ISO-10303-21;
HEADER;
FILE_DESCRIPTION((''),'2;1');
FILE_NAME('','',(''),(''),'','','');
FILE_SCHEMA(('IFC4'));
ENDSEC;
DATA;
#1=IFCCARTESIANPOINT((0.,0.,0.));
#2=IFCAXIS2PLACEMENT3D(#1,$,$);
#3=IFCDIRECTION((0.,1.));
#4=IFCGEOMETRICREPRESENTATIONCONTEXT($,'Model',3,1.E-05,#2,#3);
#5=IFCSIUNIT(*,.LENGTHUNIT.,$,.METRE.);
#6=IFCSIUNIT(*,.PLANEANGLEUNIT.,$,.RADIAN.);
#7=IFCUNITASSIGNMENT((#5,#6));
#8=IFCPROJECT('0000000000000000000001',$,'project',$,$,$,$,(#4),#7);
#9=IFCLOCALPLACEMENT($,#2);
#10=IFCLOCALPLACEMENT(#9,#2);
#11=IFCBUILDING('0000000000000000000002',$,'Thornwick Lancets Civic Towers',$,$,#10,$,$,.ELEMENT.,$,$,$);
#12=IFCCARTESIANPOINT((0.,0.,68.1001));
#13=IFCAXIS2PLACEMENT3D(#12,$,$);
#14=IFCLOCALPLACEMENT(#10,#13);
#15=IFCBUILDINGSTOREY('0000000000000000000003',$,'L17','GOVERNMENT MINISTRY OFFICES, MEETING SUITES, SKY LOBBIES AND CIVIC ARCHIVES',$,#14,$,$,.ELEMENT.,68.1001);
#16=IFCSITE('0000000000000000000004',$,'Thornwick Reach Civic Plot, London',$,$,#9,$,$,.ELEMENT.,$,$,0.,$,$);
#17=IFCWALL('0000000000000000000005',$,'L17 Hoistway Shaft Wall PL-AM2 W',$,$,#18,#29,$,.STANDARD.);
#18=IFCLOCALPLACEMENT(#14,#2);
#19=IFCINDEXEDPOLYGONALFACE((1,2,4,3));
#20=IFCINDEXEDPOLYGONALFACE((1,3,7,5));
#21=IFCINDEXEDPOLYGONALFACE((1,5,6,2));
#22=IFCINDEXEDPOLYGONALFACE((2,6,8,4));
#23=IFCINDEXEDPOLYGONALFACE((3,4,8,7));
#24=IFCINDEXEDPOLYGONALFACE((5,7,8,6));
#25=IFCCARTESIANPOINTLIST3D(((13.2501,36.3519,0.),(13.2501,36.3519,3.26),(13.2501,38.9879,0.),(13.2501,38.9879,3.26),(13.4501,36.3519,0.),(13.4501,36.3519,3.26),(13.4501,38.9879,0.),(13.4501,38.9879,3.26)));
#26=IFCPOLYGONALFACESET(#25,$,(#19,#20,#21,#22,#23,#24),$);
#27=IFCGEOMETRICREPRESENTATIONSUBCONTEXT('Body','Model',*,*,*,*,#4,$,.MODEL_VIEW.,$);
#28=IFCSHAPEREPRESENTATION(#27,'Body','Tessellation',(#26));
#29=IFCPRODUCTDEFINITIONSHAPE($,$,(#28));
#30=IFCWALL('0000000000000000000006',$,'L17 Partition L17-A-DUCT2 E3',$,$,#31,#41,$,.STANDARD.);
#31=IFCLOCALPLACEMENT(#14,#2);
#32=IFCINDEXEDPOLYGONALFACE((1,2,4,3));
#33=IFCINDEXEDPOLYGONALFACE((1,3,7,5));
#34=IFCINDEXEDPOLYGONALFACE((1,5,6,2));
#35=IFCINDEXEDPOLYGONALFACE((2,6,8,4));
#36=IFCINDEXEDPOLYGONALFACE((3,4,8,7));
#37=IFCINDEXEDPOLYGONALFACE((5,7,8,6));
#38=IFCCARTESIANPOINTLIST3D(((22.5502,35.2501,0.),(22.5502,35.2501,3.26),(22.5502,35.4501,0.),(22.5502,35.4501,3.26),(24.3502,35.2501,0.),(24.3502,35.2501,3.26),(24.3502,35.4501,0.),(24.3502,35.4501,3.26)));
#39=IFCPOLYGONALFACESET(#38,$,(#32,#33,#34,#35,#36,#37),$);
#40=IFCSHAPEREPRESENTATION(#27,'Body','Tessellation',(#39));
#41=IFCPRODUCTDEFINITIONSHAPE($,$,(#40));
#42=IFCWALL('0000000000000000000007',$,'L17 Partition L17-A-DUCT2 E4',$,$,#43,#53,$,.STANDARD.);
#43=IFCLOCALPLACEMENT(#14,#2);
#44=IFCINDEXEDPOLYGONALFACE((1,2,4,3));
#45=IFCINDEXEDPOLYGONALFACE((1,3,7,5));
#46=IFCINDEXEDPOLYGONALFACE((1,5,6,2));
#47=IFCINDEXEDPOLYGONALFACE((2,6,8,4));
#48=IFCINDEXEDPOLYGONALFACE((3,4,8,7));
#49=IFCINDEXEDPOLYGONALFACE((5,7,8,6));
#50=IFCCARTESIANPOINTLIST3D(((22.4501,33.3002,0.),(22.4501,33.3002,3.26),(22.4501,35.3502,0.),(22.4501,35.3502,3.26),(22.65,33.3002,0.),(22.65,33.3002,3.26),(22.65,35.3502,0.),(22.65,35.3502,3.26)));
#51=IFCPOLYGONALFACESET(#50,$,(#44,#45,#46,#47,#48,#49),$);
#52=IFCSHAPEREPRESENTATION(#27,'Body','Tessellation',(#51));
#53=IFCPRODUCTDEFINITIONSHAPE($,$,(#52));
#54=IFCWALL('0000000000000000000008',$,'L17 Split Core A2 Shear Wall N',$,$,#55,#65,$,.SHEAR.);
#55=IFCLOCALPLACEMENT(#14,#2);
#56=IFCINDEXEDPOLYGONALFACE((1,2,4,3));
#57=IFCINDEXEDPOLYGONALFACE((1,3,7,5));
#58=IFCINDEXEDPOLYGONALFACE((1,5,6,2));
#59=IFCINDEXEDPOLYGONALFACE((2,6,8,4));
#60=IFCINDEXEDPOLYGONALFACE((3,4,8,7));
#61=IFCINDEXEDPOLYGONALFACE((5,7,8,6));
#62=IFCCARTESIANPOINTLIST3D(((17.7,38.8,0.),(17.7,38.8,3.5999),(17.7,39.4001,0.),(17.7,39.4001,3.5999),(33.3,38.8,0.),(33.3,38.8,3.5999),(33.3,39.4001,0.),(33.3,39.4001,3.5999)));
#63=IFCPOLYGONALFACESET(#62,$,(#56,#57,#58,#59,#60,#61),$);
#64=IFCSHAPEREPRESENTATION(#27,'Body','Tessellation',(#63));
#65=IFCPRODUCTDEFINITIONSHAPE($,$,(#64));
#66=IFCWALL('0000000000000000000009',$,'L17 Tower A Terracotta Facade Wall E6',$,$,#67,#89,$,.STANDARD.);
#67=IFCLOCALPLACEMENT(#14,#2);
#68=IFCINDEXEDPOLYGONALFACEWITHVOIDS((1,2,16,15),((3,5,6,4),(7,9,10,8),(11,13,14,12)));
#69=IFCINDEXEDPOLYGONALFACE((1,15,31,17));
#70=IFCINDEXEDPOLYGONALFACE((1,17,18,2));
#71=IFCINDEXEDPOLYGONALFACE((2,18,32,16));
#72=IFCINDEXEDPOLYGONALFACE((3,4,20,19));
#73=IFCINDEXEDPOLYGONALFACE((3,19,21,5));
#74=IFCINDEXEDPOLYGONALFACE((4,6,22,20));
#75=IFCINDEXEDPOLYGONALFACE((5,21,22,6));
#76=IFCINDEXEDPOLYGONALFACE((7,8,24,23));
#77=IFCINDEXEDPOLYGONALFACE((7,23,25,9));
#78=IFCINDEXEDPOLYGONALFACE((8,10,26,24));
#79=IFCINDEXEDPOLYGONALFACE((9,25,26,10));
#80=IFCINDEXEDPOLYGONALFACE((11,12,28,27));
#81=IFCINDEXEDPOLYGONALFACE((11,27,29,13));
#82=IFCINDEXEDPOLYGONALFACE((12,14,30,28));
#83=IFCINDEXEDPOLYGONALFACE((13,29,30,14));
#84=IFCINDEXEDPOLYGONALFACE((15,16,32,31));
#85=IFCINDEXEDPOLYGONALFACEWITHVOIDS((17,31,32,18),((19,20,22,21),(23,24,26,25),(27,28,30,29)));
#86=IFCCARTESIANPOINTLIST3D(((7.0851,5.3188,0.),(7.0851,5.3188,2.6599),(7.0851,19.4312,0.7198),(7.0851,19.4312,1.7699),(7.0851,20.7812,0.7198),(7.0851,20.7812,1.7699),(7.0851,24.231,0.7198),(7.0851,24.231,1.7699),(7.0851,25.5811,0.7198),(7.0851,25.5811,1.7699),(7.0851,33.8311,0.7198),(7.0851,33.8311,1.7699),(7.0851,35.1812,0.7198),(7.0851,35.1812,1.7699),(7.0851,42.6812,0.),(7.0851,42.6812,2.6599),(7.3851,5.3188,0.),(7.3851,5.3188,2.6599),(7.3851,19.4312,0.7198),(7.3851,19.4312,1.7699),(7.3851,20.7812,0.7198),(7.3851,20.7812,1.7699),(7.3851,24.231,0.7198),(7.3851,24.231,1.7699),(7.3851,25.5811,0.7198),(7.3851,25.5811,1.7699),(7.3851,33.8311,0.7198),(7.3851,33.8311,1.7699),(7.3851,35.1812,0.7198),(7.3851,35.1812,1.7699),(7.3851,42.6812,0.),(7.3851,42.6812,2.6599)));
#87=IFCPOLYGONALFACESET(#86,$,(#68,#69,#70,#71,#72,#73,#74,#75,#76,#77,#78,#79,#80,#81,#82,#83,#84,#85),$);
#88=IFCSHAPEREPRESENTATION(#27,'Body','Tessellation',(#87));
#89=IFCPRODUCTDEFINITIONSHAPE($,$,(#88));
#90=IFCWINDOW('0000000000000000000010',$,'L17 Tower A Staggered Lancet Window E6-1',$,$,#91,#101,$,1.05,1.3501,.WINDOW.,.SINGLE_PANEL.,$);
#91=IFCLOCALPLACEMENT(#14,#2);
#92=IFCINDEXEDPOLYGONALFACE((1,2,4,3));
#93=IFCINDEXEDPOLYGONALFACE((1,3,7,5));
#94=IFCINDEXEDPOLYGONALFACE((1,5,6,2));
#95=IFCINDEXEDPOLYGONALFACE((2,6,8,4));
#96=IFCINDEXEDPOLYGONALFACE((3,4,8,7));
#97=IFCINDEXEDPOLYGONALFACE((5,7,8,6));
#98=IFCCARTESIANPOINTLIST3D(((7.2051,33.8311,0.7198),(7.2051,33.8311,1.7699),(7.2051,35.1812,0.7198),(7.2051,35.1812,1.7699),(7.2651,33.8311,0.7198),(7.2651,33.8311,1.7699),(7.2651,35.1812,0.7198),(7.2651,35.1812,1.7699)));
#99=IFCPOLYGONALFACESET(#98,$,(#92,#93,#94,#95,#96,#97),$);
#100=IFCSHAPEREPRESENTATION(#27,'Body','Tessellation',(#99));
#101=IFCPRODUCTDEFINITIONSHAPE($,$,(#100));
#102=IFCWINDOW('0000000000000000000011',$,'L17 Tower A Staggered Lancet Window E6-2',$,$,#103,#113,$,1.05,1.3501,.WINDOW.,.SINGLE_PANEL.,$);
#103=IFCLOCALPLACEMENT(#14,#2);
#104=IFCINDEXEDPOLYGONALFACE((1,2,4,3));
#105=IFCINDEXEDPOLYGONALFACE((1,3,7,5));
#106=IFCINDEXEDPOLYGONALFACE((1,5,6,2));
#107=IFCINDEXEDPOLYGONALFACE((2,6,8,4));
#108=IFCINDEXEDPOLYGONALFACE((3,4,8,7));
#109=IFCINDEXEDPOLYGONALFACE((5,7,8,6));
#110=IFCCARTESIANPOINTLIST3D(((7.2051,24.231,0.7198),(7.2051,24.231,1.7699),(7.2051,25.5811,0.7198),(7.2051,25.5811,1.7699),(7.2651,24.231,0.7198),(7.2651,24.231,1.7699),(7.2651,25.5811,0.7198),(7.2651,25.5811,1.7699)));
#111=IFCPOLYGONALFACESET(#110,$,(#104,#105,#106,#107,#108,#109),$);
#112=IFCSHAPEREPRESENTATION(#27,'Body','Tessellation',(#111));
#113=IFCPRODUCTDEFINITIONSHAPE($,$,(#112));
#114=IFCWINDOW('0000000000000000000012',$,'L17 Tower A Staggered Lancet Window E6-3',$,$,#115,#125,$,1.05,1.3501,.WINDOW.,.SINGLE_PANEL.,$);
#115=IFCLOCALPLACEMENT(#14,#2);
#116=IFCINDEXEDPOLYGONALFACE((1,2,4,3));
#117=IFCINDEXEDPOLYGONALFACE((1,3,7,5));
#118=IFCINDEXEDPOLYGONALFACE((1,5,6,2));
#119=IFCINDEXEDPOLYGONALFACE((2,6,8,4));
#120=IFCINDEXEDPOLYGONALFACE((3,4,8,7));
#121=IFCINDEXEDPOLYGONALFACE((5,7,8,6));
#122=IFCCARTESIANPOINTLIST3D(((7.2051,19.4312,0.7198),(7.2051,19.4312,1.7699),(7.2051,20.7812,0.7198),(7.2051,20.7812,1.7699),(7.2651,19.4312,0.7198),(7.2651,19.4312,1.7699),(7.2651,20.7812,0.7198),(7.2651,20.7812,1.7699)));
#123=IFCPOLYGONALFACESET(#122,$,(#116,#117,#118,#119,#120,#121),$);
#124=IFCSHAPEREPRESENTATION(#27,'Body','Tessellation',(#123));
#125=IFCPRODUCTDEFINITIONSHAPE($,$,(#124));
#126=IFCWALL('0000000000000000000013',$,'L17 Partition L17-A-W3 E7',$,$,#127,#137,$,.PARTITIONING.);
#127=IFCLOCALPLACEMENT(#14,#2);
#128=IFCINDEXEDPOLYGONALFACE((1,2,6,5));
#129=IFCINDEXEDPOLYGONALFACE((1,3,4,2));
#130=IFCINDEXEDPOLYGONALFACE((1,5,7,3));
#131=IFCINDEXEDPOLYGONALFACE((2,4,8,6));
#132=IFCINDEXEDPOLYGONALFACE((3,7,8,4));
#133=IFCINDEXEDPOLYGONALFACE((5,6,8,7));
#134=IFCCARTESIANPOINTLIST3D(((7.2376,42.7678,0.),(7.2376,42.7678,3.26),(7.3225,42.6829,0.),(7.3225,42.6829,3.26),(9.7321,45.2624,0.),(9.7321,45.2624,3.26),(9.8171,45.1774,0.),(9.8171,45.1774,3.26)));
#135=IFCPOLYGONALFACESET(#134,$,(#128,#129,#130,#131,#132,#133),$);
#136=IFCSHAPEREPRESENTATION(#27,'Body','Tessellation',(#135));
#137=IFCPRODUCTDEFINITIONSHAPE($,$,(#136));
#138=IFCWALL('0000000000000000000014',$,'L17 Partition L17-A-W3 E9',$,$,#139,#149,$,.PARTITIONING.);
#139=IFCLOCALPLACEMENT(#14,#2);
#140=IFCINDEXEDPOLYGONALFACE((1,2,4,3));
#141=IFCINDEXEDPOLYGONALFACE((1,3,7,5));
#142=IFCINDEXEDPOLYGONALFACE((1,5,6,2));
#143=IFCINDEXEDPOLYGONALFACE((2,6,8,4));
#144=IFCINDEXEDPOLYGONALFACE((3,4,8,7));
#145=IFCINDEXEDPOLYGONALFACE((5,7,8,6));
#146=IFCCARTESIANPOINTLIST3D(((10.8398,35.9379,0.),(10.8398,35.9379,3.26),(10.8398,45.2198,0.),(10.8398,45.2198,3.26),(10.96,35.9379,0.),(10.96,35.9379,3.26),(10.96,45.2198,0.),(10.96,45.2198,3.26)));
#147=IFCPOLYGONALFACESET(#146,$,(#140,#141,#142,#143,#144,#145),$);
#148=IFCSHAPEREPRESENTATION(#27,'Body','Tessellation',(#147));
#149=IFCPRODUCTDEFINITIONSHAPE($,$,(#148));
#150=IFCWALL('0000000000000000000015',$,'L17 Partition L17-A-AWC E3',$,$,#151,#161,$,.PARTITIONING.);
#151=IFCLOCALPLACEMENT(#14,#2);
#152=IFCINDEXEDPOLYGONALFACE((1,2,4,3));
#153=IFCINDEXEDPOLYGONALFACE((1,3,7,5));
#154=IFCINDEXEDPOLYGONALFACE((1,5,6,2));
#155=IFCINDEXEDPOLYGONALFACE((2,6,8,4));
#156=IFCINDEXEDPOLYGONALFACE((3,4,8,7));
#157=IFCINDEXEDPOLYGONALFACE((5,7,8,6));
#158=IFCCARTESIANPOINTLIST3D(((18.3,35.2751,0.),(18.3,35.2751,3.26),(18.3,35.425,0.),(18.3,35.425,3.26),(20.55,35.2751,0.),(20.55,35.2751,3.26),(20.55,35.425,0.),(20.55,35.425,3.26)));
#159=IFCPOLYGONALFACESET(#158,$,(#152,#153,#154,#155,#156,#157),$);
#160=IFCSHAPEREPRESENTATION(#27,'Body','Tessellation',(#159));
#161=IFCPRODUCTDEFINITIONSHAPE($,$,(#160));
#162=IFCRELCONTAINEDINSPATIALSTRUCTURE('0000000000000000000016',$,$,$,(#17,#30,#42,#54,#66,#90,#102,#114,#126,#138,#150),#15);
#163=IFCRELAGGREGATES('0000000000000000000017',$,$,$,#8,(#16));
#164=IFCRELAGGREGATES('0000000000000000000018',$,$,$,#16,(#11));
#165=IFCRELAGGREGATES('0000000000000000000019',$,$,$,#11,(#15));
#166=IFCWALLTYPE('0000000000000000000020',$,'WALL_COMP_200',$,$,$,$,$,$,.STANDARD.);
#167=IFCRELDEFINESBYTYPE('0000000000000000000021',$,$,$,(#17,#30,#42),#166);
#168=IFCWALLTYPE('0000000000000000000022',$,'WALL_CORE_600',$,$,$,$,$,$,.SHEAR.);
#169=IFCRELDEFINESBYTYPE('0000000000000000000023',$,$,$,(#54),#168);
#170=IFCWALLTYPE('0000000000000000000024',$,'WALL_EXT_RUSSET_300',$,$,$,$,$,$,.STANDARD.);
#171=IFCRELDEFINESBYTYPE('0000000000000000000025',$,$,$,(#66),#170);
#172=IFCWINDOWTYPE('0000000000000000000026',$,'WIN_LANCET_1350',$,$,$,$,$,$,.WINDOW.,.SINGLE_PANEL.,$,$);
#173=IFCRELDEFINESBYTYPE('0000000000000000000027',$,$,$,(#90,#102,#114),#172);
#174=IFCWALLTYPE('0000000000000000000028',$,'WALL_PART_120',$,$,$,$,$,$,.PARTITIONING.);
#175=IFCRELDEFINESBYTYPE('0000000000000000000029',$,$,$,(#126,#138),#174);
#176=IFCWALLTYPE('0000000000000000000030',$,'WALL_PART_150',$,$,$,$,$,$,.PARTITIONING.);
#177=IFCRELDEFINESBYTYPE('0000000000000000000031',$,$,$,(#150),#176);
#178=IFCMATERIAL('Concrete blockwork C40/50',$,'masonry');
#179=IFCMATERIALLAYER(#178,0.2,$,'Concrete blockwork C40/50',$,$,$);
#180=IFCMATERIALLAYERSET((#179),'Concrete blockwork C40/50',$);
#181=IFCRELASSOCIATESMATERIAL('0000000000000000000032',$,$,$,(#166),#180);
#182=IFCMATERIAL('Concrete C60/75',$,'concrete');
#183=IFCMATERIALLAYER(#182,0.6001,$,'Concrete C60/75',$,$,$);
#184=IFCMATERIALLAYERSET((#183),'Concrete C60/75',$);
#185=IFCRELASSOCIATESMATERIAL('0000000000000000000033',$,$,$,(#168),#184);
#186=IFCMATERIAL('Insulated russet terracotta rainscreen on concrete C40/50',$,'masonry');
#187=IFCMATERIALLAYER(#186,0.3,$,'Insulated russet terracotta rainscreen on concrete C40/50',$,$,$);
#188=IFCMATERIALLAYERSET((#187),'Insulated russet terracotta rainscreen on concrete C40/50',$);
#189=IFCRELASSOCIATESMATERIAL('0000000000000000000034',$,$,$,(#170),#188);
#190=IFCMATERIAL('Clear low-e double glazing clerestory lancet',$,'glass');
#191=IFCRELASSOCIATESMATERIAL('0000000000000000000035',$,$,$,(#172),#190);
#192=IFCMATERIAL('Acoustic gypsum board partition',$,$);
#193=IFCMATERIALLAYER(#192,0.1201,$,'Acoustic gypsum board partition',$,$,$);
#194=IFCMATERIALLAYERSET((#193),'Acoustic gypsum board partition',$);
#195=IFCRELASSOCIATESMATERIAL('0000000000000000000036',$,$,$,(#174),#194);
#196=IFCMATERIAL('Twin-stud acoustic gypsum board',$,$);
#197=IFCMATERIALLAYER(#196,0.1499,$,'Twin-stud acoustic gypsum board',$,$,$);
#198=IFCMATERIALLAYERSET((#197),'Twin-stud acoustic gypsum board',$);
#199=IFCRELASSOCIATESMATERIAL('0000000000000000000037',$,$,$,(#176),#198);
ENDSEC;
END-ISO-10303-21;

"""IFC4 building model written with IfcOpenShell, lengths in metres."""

from ifc_helpers import new_model, si_unit, direction, frame, frame_2d, origin, place, context, subcontext, project, spatial, rectangle, extrude, material, layer, layer_set, type_object, element, fill, save


model = new_model("IFC4")

# Units and contexts
model_context = context("Model", 3, precision=1e-05, world=origin(), true_north=direction((0.0, 1.0)))
body_context = subcontext(model_context, "Body", "Model", "MODEL_VIEW")
ifc_project = project(units=[si_unit("LENGTHUNIT", "METRE"), si_unit("PLANEANGLEUNIT", "RADIAN")], contexts=[model_context])

# Site, building, storey
site_placement = place(None, origin())
site = spatial("IfcSite", under=ifc_project, at=site_placement, Name="Thornwick Reach Civic Plot, London", CompositionType="ELEMENT", RefElevation=0.0)
building_placement = place(site_placement, origin())
building = spatial("IfcBuilding", under=site, at=building_placement, Name="Thornwick Lancets Civic Towers", CompositionType="ELEMENT")
storey_placement = place(building_placement, frame((0.0, 0.0, 68.1001)))
storey = spatial("IfcBuildingStorey", under=building, at=storey_placement, Name="L17", Description="GOVERNMENT MINISTRY OFFICES, MEETING SUITES, SKY LOBBIES AND CIVIC ARCHIVES", CompositionType="ELEMENT", Elevation=68.1001)

# Shared definitions
ifc_material_1 = material(Name="Concrete C60/75", Category="concrete")

# Shared definitions
ifc_material_2 = material(Name="Concrete blockwork C40/50", Category="masonry")
ifc_layer_1 = layer(ifc_material_2, 0.2, Name="Concrete blockwork C40/50")
ifc_layer_set_1 = layer_set([ifc_layer_1], Name="Concrete blockwork C40/50")
wall_type_1 = type_object("IfcWallType", Name="WALL_COMP_200", PredefinedType="STANDARD", material=ifc_layer_set_1)

# Walls
for number, where, z_axis, x_axis, name in (
    (1, (13.3501, 36.3521, 0.0), (0.0, 0.0, 1.0), (0.0, 1.0, 0.0), "L17 Hoistway Shaft Wall PL-AM2 W"),
):
    element("IfcWall", number, at=place(storey_placement, frame(where, z_axis=z_axis, x_axis=x_axis)), inside=storey, type_object=wall_type_1, Name=name, PredefinedType="STANDARD", context=body_context, shape_type="SweptSolid", body=[
        extrude(rectangle(XDim=2.636, YDim=0.2, at=frame_2d((1.3179, 0.0))), origin(), (0.0, 0.0, 1.0), 3.26),
    ])
wall_1_placement = place(storey_placement, frame((24.3501, 35.3501, 0.0), z_axis=(0.0, 0.0, 1.0), x_axis=(-1.0, 0.0, 0.0)))
element("IfcWall", 2, at=wall_1_placement, inside=storey, type_object=wall_type_1, Name="L17 Partition L17-A-DUCT2 E3", PredefinedType="STANDARD", context=body_context, shape_type="SweptSolid", body=[
    extrude(rectangle(XDim=1.8, YDim=0.2, at=frame_2d((0.8999, 0.0))), origin(), (0.0, 0.0, 1.0), 3.26),
])
wall_2_placement = place(storey_placement, frame((22.55, 35.3501, 0.0), z_axis=(0.0, 0.0, 1.0), x_axis=(0.0, -1.0, 0.0)))
element("IfcWall", 3, at=wall_2_placement, inside=storey, type_object=wall_type_1, Name="L17 Partition L17-A-DUCT2 E4", PredefinedType="STANDARD", context=body_context, shape_type="SweptSolid", body=[
    extrude(rectangle(XDim=2.05, YDim=0.2, at=frame_2d((1.0249, 0.0))), origin(), (0.0, 0.0, 1.0), 3.26),
])
ifc_layer_2 = layer(ifc_material_1, 0.6001, Name="Concrete C60/75")
ifc_layer_set_2 = layer_set([ifc_layer_2], Name="Concrete C60/75")
wall_type_2 = type_object("IfcWallType", Name="WALL_CORE_600", PredefinedType="SHEAR", material=ifc_layer_set_2)
wall_3_placement = place(storey_placement, frame((17.7, 39.1001, 0.0), z_axis=(0.0, 0.0, 1.0), x_axis=(1.0, 0.0, 0.0)))
element("IfcWall", 4, at=wall_3_placement, inside=storey, type_object=wall_type_2, Name="L17 Split Core A2 Shear Wall N", PredefinedType="SHEAR", context=body_context, shape_type="SweptSolid", body=[
    extrude(rectangle(XDim=15.6001, YDim=0.6001, at=frame_2d((7.8, 0.0))), origin(), (0.0, 0.0, 1.0), 3.5999),
])

# Wall, openings, windows
ifc_material_3 = material(Name="Insulated russet terracotta rainscreen on concrete C40/50", Category="masonry")
ifc_layer_3 = layer(ifc_material_3, 0.3, Name="Insulated russet terracotta rainscreen on concrete C40/50")
ifc_layer_set_3 = layer_set([ifc_layer_3], Name="Insulated russet terracotta rainscreen on concrete C40/50")
wall_type_3 = type_object("IfcWallType", Name="WALL_EXT_RUSSET_300", PredefinedType="STANDARD", material=ifc_layer_set_3)
wall_4_placement = place(storey_placement, frame((7.2351, 42.6812, 0.0), z_axis=(0.0, 0.0, 1.0), x_axis=(0.0, -1.0, 0.0)))
wall_4 = element("IfcWall", 5, at=wall_4_placement, inside=storey, type_object=wall_type_3, Name="L17 Tower A Terracotta Facade Wall E6", PredefinedType="STANDARD", context=body_context, shape_type="SweptSolid", body=[
    extrude(rectangle(XDim=37.3623, YDim=0.3, at=frame_2d((18.6812, 0.0))), origin(), (0.0, 0.0, 1.0), 2.6599),
])
opening_1_placement = place(wall_4_placement, frame((7.5, 0.0, 0.72)))
opening_1 = element("IfcOpeningElement", 6, at=opening_1_placement, cuts=wall_4, PredefinedType="OPENING", context=body_context, shape_type="SweptSolid", body=[
    extrude(rectangle(XDim=1.3501, YDim=1.05, at=frame_2d((0.675, 0.5249))), frame((0.0, 0.1602, 0.0), z_axis=(0.0, -1.0, 0.0), x_axis=(1.0, 0.0, 0.0)), (0.0, 0.0, 1.0), 0.3201),
])
opening_2_placement = place(wall_4_placement, frame((17.1001, 0.0, 0.72)))
opening_2 = element("IfcOpeningElement", 7, at=opening_2_placement, cuts=wall_4, PredefinedType="OPENING", context=body_context, shape_type="SweptSolid", body=[
    extrude(rectangle(XDim=1.3501, YDim=1.05, at=frame_2d((0.675, 0.5249))), frame((0.0, 0.1602, 0.0), z_axis=(0.0, -1.0, 0.0), x_axis=(1.0, 0.0, 0.0)), (0.0, 0.0, 1.0), 0.3201),
])
opening_3_placement = place(wall_4_placement, frame((21.8999, 0.0, 0.72)))
opening_3 = element("IfcOpeningElement", 8, at=opening_3_placement, cuts=wall_4, PredefinedType="OPENING", context=body_context, shape_type="SweptSolid", body=[
    extrude(rectangle(XDim=1.3501, YDim=1.05, at=frame_2d((0.675, 0.5249))), frame((0.0, 0.1602, 0.0), z_axis=(0.0, -1.0, 0.0), x_axis=(1.0, 0.0, 0.0)), (0.0, 0.0, 1.0), 0.3201),
])
ifc_material_4 = material(Name="Clear low-e double glazing clerestory lancet", Category="glass")
window_type = type_object("IfcWindowType", Name="WIN_LANCET_1350", PartitioningType="SINGLE_PANEL", PredefinedType="WINDOW", material=ifc_material_4)
window_1_placement = place(opening_1_placement, origin())
window_1 = element("IfcWindow", 9, at=window_1_placement, inside=storey, type_object=window_type, Name="L17 Tower A Staggered Lancet Window E6-1", OverallHeight=1.05, OverallWidth=1.3501, PartitioningType="SINGLE_PANEL", PredefinedType="WINDOW", context=body_context, shape_type="SweptSolid", body=[
    extrude(rectangle(XDim=1.3501, YDim=1.05, at=frame_2d((0.675, 0.5249))), frame((0.0, 0.03, 0.0), z_axis=(0.0, -1.0, 0.0), x_axis=(1.0, 0.0, 0.0)), (0.0, 0.0, 1.0), 0.0601),
])
fill(opening_1, window_1)
window_2_placement = place(opening_2_placement, origin())
window_2 = element("IfcWindow", 10, at=window_2_placement, inside=storey, type_object=window_type, Name="L17 Tower A Staggered Lancet Window E6-2", OverallHeight=1.05, OverallWidth=1.3501, PartitioningType="SINGLE_PANEL", PredefinedType="WINDOW", context=body_context, shape_type="SweptSolid", body=[
    extrude(rectangle(XDim=1.3501, YDim=1.05, at=frame_2d((0.675, 0.5249))), frame((0.0, 0.03, 0.0), z_axis=(0.0, -1.0, 0.0), x_axis=(1.0, 0.0, 0.0)), (0.0, 0.0, 1.0), 0.0601),
])
fill(opening_2, window_2)
window_3_placement = place(opening_3_placement, origin())
window_3 = element("IfcWindow", 11, at=window_3_placement, inside=storey, type_object=window_type, Name="L17 Tower A Staggered Lancet Window E6-3", OverallHeight=1.05, OverallWidth=1.3501, PartitioningType="SINGLE_PANEL", PredefinedType="WINDOW", context=body_context, shape_type="SweptSolid", body=[
    extrude(rectangle(XDim=1.3501, YDim=1.05, at=frame_2d((0.675, 0.5249))), frame((0.0, 0.03, 0.0), z_axis=(0.0, -1.0, 0.0), x_axis=(1.0, 0.0, 0.0)), (0.0, 0.0, 1.0), 0.0601),
])
fill(opening_3, window_3)

# Walls
ifc_material_5 = material(Name="Acoustic gypsum board partition")
ifc_layer_4 = layer(ifc_material_5, 0.1201, Name="Acoustic gypsum board partition")
ifc_layer_set_4 = layer_set([ifc_layer_4], Name="Acoustic gypsum board partition")
wall_type_4 = type_object("IfcWallType", Name="WALL_PART_120", PredefinedType="PARTITIONING", material=ifc_layer_set_4)
wall_5_placement = place(storey_placement, frame((7.28, 42.7253, 0.0), z_axis=(0.0, 0.0, 1.0), x_axis=(0.707107, 0.707107, 0.0)))
element("IfcWall", 12, at=wall_5_placement, inside=storey, type_object=wall_type_4, Name="L17 Partition L17-A-W3 E7", PredefinedType="PARTITIONING", context=body_context, shape_type="SweptSolid", body=[
    extrude(rectangle(XDim=3.5278, YDim=0.1201, at=frame_2d((1.7639, 0.0))), origin(), (0.0, 0.0, 1.0), 3.26),
])
wall_6_placement = place(storey_placement, frame((10.8999, 45.22, 0.0), z_axis=(0.0, 0.0, 1.0), x_axis=(0.0, -1.0, 0.0)))
element("IfcWall", 13, at=wall_6_placement, inside=storey, type_object=wall_type_4, Name="L17 Partition L17-A-W3 E9", PredefinedType="PARTITIONING", context=body_context, shape_type="SweptSolid", body=[
    extrude(rectangle(XDim=9.282, YDim=0.1201, at=frame_2d((4.6411, 0.0))), origin(), (0.0, 0.0, 1.0), 3.26),
])
ifc_material_6 = material(Name="Twin-stud acoustic gypsum board")
ifc_layer_5 = layer(ifc_material_6, 0.1499, Name="Twin-stud acoustic gypsum board")
ifc_layer_set_5 = layer_set([ifc_layer_5], Name="Twin-stud acoustic gypsum board")
wall_type_5 = type_object("IfcWallType", Name="WALL_PART_150", PredefinedType="PARTITIONING", material=ifc_layer_set_5)
wall_7_placement = place(storey_placement, frame((20.55, 35.3501, 0.0), z_axis=(0.0, 0.0, 1.0), x_axis=(-1.0, 0.0, 0.0)))
element("IfcWall", 14, at=wall_7_placement, inside=storey, type_object=wall_type_5, Name="L17 Partition L17-A-AWC E3", PredefinedType="PARTITIONING", context=body_context, shape_type="SweptSolid", body=[
    extrude(rectangle(XDim=2.25, YDim=0.1499, at=frame_2d((1.125, 0.0))), origin(), (0.0, 0.0, 1.0), 3.26),
])

save(model, "model.ifc")
